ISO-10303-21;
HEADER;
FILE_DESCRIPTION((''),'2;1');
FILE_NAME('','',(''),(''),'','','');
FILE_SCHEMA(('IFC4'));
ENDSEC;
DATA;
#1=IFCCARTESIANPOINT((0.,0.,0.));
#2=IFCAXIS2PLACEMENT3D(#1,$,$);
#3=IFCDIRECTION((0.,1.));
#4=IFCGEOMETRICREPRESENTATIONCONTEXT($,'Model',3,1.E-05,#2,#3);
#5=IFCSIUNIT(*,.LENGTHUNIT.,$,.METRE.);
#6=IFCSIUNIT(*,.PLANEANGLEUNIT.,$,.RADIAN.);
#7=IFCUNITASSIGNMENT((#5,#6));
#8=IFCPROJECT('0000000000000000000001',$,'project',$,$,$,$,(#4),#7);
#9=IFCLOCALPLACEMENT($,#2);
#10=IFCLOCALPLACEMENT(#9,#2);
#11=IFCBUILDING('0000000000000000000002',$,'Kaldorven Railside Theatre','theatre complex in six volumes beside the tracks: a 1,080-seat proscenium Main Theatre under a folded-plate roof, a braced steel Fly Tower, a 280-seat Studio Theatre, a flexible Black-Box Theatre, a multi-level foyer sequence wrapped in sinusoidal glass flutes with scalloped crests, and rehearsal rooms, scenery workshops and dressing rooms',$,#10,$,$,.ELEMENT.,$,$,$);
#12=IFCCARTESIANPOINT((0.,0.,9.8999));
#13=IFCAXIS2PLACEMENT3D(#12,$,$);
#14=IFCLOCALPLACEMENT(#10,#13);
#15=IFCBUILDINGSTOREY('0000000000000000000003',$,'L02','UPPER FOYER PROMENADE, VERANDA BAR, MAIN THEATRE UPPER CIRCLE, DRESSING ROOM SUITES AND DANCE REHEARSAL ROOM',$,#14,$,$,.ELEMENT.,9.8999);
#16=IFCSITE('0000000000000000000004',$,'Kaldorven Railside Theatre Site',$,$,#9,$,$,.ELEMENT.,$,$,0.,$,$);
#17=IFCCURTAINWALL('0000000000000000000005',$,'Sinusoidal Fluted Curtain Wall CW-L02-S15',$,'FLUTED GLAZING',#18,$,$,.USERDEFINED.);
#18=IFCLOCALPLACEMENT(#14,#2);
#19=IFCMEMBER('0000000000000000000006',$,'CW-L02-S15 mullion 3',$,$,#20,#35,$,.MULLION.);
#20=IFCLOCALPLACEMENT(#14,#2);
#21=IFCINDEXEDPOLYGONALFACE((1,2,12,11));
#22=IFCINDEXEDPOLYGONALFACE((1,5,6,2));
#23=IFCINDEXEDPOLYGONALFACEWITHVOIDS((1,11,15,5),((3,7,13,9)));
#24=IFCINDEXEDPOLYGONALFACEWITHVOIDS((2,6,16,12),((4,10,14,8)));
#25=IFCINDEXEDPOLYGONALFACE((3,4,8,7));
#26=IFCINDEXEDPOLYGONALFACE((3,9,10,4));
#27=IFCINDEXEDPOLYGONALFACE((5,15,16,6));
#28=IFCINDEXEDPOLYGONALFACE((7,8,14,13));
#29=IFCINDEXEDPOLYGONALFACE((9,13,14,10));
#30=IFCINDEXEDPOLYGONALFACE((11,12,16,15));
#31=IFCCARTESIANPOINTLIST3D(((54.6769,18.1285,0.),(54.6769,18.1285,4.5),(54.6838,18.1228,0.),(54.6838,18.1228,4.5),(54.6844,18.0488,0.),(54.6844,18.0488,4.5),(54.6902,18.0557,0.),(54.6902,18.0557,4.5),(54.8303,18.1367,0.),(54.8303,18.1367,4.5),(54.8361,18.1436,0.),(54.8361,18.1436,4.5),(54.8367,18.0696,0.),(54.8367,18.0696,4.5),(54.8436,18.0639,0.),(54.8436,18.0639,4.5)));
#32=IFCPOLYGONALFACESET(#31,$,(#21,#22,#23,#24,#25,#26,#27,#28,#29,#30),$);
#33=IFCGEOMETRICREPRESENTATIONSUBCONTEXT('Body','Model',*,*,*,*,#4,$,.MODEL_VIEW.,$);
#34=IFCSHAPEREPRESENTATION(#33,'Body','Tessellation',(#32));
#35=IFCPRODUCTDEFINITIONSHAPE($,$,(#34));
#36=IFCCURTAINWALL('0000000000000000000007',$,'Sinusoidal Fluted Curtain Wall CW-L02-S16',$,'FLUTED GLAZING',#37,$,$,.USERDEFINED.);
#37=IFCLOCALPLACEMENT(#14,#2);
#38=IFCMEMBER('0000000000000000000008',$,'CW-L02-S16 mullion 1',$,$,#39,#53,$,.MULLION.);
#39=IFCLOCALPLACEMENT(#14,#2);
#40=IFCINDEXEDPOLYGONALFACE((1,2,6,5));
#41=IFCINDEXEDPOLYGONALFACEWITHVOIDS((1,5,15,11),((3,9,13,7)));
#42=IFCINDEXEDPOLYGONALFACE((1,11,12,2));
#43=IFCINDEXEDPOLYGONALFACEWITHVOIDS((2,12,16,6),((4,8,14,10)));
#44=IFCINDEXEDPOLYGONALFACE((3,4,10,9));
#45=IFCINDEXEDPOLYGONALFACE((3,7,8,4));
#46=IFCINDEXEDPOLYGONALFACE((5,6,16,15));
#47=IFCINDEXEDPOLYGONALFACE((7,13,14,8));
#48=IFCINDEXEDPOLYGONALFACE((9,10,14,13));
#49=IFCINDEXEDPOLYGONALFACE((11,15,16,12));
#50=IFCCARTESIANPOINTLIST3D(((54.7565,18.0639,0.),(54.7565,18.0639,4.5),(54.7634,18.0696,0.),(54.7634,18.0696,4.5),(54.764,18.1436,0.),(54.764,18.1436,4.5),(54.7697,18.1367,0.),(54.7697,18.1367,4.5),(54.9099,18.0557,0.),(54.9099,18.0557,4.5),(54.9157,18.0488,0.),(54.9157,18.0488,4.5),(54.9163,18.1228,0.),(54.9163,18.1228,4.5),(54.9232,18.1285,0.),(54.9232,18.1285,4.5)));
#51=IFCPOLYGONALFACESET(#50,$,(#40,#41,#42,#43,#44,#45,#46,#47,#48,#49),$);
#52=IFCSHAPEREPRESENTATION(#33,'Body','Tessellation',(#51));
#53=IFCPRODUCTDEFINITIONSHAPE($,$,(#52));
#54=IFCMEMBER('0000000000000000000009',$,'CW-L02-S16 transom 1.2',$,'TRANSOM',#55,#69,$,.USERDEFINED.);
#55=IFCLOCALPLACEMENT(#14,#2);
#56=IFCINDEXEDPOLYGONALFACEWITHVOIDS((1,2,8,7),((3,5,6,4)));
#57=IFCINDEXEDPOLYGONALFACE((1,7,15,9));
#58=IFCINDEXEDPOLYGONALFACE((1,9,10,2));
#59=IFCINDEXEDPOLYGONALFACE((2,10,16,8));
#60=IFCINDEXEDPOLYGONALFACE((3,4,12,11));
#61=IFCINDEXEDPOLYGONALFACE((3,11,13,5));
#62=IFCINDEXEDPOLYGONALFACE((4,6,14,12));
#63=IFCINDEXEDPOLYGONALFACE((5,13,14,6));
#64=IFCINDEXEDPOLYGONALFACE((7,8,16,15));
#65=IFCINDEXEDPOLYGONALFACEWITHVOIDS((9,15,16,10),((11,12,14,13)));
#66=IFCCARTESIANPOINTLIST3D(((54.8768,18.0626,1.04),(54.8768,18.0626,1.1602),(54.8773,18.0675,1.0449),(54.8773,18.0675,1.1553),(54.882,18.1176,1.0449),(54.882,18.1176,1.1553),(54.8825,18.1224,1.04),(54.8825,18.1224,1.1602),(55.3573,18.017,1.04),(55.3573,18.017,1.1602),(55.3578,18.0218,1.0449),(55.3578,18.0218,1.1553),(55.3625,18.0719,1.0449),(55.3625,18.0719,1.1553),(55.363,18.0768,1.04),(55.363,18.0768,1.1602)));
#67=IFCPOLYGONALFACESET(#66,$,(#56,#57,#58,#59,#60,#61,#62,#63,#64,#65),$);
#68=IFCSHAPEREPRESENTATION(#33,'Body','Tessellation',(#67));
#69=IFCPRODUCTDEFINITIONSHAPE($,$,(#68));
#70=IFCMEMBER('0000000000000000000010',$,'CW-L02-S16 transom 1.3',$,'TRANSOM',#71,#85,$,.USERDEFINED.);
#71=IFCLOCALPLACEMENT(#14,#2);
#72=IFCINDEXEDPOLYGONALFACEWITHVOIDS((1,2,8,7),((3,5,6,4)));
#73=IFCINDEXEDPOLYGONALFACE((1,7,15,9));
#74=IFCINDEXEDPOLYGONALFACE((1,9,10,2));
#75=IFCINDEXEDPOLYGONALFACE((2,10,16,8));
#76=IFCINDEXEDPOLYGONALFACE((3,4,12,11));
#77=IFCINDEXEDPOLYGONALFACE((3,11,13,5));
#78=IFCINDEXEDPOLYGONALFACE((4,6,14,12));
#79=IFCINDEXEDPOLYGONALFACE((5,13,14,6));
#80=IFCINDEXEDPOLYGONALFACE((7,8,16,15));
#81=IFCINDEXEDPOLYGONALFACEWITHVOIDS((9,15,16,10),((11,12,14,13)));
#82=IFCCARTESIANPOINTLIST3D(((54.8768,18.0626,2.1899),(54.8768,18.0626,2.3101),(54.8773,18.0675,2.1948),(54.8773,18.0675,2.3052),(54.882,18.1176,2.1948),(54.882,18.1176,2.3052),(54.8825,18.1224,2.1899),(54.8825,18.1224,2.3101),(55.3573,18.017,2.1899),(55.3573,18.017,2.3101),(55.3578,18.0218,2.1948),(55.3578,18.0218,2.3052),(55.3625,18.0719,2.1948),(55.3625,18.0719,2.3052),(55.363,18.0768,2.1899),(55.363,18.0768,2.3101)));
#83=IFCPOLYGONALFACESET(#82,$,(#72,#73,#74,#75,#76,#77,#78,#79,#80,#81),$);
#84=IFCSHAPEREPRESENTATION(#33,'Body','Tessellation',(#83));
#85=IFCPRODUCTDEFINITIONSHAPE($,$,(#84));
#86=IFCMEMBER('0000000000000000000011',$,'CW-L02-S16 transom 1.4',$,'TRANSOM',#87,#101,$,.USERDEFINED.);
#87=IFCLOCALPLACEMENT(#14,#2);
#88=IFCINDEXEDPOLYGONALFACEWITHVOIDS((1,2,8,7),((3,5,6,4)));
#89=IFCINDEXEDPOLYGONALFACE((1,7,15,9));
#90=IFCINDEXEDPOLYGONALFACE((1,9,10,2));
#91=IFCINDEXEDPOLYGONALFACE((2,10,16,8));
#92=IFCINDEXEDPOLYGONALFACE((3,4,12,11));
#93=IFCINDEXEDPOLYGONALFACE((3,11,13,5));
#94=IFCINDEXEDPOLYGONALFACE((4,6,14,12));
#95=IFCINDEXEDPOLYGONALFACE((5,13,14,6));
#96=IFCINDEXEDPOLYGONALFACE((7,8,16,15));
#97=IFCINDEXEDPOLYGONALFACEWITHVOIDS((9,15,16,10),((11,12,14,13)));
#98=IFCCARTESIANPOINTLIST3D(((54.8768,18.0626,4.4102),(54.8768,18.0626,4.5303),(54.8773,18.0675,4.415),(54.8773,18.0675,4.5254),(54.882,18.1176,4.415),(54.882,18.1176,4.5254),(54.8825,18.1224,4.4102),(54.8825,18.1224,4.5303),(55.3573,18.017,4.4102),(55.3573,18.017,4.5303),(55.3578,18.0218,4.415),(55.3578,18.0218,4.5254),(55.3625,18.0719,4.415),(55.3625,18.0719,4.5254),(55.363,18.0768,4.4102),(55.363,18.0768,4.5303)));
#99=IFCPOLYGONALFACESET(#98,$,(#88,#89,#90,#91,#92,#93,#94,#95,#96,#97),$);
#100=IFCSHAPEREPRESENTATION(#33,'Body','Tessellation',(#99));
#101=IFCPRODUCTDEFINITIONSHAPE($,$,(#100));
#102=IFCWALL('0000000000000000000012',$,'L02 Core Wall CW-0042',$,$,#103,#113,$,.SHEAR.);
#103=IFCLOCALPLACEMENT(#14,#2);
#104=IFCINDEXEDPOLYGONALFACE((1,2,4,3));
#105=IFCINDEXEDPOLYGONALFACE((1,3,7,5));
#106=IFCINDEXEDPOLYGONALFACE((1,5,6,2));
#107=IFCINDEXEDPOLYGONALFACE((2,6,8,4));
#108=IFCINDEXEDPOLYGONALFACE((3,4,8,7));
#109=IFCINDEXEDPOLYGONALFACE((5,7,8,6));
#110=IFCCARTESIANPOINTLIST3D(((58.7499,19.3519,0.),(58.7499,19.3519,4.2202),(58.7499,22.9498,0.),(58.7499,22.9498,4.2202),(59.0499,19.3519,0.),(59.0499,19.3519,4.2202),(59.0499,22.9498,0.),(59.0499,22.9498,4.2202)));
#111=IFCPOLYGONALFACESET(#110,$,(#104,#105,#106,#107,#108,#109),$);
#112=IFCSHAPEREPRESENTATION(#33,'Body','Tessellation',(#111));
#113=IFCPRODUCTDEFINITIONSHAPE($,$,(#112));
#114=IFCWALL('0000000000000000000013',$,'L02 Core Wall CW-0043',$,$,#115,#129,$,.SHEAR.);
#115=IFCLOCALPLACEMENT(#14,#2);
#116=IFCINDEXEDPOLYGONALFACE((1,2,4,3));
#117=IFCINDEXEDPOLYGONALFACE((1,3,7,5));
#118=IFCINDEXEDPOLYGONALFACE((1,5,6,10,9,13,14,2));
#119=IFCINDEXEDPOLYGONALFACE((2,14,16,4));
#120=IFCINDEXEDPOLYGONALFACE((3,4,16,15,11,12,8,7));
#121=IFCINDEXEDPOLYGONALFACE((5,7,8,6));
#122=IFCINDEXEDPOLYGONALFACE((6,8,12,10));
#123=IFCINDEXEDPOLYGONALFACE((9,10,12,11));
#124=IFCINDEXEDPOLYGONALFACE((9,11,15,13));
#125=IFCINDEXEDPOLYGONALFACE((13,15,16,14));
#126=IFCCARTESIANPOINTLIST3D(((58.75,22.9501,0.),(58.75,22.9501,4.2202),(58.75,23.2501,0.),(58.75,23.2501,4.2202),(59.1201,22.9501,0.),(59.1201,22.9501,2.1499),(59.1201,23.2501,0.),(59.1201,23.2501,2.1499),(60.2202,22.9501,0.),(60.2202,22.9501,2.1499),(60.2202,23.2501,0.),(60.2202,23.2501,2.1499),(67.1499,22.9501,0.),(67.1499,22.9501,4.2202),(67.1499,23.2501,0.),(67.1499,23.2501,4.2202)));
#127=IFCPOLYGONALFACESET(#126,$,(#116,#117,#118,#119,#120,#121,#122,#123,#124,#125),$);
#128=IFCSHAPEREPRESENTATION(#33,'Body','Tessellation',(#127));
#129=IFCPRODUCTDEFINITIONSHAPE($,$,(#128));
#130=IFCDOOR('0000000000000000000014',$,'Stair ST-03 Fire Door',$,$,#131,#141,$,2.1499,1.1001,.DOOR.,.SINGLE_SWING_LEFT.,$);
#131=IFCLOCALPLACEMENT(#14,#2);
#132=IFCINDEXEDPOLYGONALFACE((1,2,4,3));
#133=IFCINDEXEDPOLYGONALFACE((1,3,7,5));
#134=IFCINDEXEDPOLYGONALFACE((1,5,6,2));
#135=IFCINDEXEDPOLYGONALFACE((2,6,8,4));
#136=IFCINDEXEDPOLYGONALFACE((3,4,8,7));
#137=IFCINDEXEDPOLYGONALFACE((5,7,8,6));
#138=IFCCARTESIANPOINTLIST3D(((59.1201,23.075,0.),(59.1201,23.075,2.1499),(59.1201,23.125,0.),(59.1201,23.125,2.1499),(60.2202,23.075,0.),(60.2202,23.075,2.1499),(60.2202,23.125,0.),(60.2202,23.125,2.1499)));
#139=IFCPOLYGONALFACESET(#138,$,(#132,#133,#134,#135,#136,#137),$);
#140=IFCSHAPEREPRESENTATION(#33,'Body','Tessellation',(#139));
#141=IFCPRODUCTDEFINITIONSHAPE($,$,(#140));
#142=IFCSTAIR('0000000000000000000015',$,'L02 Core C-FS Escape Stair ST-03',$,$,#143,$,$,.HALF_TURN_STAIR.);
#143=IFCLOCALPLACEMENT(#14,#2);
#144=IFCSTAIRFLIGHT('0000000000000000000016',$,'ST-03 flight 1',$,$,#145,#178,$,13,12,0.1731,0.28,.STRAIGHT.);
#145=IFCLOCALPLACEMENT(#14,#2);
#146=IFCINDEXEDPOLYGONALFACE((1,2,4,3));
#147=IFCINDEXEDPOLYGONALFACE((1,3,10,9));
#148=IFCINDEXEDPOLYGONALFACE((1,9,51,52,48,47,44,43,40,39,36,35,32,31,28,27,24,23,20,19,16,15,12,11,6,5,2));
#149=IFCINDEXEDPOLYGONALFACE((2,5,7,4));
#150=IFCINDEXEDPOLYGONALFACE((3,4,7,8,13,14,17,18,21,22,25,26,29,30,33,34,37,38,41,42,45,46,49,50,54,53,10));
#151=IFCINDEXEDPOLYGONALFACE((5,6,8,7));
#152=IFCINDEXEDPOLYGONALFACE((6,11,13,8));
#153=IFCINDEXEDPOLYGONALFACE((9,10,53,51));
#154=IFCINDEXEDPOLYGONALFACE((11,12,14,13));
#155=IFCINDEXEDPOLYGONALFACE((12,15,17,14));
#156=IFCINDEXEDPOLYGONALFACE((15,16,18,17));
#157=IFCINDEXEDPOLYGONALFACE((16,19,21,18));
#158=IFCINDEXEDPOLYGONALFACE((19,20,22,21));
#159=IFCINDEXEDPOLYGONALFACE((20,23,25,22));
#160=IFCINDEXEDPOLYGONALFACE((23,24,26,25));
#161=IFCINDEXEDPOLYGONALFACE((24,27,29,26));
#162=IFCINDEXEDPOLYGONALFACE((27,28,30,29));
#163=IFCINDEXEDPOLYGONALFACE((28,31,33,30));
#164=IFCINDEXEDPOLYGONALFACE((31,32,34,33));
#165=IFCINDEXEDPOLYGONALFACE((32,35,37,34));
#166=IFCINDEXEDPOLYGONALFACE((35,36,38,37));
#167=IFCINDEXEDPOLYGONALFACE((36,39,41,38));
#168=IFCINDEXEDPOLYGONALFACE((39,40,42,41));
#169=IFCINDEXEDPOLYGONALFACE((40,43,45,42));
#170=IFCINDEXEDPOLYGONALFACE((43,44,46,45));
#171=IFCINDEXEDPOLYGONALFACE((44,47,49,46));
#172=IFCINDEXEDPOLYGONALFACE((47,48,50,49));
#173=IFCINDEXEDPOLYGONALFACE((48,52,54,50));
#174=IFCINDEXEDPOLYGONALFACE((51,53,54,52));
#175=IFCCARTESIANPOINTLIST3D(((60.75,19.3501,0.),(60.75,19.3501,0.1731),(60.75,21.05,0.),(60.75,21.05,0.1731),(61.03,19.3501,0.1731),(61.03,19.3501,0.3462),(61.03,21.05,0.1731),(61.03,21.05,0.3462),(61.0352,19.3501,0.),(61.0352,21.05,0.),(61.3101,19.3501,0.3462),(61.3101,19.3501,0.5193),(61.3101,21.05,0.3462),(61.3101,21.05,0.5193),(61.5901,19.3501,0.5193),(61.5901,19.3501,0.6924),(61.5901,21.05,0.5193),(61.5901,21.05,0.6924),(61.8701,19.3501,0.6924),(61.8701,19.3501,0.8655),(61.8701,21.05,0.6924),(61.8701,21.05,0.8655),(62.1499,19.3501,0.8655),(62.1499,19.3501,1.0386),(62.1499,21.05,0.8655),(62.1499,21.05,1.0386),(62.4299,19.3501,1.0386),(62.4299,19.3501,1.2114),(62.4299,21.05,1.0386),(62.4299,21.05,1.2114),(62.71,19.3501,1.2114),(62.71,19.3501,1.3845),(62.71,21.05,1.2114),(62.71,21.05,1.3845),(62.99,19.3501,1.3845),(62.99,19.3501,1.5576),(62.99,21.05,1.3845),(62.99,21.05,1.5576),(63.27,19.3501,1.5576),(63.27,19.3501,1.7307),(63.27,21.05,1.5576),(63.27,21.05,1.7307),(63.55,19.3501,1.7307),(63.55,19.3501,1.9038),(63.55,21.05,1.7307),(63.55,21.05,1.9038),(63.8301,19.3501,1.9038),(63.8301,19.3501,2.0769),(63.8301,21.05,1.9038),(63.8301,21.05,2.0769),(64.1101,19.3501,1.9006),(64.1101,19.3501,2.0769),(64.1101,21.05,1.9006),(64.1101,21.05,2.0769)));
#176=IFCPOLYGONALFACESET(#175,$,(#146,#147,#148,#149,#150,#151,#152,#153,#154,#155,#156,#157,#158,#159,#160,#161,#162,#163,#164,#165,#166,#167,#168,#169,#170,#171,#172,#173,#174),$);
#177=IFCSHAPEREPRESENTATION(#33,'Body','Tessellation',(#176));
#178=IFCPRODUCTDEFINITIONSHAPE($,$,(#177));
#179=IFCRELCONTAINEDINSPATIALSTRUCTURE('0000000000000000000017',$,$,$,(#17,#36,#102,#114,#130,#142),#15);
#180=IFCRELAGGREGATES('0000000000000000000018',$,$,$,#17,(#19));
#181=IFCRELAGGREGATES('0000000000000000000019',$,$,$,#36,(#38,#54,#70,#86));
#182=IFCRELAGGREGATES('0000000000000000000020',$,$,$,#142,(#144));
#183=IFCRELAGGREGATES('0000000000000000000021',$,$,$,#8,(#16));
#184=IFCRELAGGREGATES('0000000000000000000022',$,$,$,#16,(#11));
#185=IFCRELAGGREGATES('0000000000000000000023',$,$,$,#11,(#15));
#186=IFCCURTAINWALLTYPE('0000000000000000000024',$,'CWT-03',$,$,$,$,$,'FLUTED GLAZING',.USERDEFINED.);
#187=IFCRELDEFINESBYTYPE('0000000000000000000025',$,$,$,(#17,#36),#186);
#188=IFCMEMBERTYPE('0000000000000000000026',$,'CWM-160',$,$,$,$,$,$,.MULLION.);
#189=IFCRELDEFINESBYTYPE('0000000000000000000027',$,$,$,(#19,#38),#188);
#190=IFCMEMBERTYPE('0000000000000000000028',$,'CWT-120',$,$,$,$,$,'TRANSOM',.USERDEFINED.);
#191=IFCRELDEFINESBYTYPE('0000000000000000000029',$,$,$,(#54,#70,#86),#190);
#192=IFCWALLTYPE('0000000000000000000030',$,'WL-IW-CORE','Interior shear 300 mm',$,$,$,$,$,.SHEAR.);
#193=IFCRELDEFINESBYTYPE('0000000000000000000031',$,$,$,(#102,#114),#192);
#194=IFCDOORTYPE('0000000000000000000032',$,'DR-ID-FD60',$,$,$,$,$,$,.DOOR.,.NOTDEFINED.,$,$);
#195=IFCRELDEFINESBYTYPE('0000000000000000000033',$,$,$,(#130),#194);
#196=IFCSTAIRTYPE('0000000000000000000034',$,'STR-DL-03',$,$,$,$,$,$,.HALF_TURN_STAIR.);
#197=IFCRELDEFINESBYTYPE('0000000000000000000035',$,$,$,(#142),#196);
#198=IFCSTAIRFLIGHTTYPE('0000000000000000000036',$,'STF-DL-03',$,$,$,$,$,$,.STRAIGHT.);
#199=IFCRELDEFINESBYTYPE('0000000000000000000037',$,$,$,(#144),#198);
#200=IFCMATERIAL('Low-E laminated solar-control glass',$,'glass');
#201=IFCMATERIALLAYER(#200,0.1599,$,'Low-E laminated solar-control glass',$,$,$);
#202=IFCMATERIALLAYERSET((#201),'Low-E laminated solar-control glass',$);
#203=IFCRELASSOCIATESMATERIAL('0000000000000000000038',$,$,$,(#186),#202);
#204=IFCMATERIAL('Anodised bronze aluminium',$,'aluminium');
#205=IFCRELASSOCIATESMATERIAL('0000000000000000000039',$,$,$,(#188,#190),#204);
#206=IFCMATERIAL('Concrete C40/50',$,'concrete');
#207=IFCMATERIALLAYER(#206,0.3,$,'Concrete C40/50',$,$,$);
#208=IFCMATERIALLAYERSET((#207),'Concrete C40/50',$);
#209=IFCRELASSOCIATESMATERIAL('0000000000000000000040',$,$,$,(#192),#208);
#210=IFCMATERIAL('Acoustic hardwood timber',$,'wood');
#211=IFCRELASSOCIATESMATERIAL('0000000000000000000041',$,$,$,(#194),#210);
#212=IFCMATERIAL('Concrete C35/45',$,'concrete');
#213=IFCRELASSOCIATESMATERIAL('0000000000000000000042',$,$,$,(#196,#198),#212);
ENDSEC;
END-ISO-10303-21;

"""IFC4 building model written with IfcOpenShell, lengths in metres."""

from ifc_helpers import new_model, si_unit, direction, frame, frame_2d, origin, origin_2d, place, context, subcontext, project, spatial, polyline, rectangle, hollow_rectangle, outline, extrude, material, layer, layer_set, material_profile, profile_set, type_object, element, fill, aggregate, save


model = new_model("IFC4")

# Units and contexts
model_context = context("Model", 3, precision=1e-05, world=origin(), true_north=direction((0.0, 1.0)))
body_context = subcontext(model_context, "Body", "Model", "MODEL_VIEW")
ifc_project = project(units=[si_unit("LENGTHUNIT", "METRE"), si_unit("PLANEANGLEUNIT", "RADIAN")], contexts=[model_context])

# Site, building, storey
site_placement = place(None, origin())
site = spatial("IfcSite", under=ifc_project, at=site_placement, Name="Kaldorven Railside Theatre Site", CompositionType="ELEMENT", RefElevation=0.0)
building_placement = place(site_placement, origin())
building = spatial("IfcBuilding", under=site, at=building_placement, Name="Kaldorven Railside Theatre", Description="theatre complex in six volumes beside the tracks: a 1,080-seat proscenium Main Theatre under a folded-plate roof, a braced steel Fly Tower, a 280-seat Studio Theatre, a flexible Black-Box Theatre, a multi-level foyer sequence wrapped in sinusoidal glass flutes with scalloped crests, and rehearsal rooms, scenery workshops and dressing rooms", CompositionType="ELEMENT")
storey_placement = place(building_placement, frame((0.0, 0.0, 9.8999)))
storey = spatial("IfcBuildingStorey", under=building, at=storey_placement, Name="L02", Description="UPPER FOYER PROMENADE, VERANDA BAR, MAIN THEATRE UPPER CIRCLE, DRESSING ROOM SUITES AND DANCE REHEARSAL ROOM", CompositionType="ELEMENT", Elevation=9.8999)

# Shared definitions
ifc_material_1 = material(Name="Concrete C40/50", Category="concrete")

# Curtain wall, member
ifc_material_2 = material(Name="Low-E laminated solar-control glass", Category="glass")
ifc_layer_1 = layer(ifc_material_2, 0.1599, Name="Low-E laminated solar-control glass")
ifc_layer_set_1 = layer_set([ifc_layer_1], Name="Low-E laminated solar-control glass")
curtain_wall_type = type_object("IfcCurtainWallType", Name="CWT-03", ElementType="FLUTED GLAZING", PredefinedType="USERDEFINED", material=ifc_layer_set_1)
curtain_wall_1_placement = place(storey_placement, origin())
curtain_wall_1 = element("IfcCurtainWall", 1, at=curtain_wall_1_placement, inside=storey, type_object=curtain_wall_type, Name="Sinusoidal Fluted Curtain Wall CW-L02-S15", ObjectType="FLUTED GLAZING", PredefinedType="USERDEFINED")
ifc_material_3 = material(Name="Anodised bronze aluminium", Category="aluminium")
ifc_material_profile_1 = material_profile(ifc_material_3, hollow_rectangle(XDim=0.0801, YDim=0.1599, WallThickness=0.0063, at=origin_2d()), Name="RHS 160x80x6.3")
ifc_profile_set_1 = profile_set([ifc_material_profile_1], Name="Anodised bronze aluminium")
member_type_1 = type_object("IfcMemberType", Name="CWM-160", PredefinedType="MULLION", material=ifc_profile_set_1)
member_1_placement = place(storey_placement, frame((54.7603, 18.0962, 0.0), z_axis=(0.0, 0.0, 1.0), x_axis=(-0.094492, 0.995526, 0.0)))
member_1 = element("IfcMember", 2, at=member_1_placement, type_object=member_type_1, Name="CW-L02-S15 mullion 3", PredefinedType="MULLION", context=body_context, shape_type="SweptSolid", body=[
    extrude(hollow_rectangle(XDim=0.0801, YDim=0.1599, WallThickness=0.0063, at=origin_2d()), origin(), (0.0, 0.0, 1.0), 4.5),
])
aggregate(curtain_wall_1, [member_1])

# Curtain wall, members
curtain_wall_2_placement = place(storey_placement, origin())
curtain_wall_2 = element("IfcCurtainWall", 3, at=curtain_wall_2_placement, inside=storey, type_object=curtain_wall_type, Name="Sinusoidal Fluted Curtain Wall CW-L02-S16", ObjectType="FLUTED GLAZING", PredefinedType="USERDEFINED")
member_2_placement = place(storey_placement, frame((54.8398, 18.0962, 0.0), z_axis=(0.0, 0.0, 1.0), x_axis=(0.094492, 0.995526, 0.0)))
member_2 = element("IfcMember", 4, at=member_2_placement, type_object=member_type_1, Name="CW-L02-S16 mullion 1", PredefinedType="MULLION", context=body_context, shape_type="SweptSolid", body=[
    extrude(hollow_rectangle(XDim=0.0801, YDim=0.1599, WallThickness=0.0063, at=origin_2d()), origin(), (0.0, 0.0, 1.0), 4.5),
])
ifc_material_profile_2 = material_profile(ifc_material_3, hollow_rectangle(XDim=0.0601, YDim=0.1201, WallThickness=0.0049, at=origin_2d()), Name="RHS 120x60x5")
ifc_profile_set_2 = profile_set([ifc_material_profile_2], Name="Anodised bronze aluminium")
member_type_2 = type_object("IfcMemberType", Name="CWT-120", ElementType="TRANSOM", PredefinedType="USERDEFINED", material=ifc_profile_set_2)
member_3_placement = place(storey_placement, frame((54.8796, 18.0925, 1.1001), z_axis=(0.995516, -0.094594, 0.0), x_axis=(0.094594, 0.995516, 0.0)))
member_3 = element("IfcMember", 5, at=member_3_placement, type_object=member_type_2, Name="CW-L02-S16 transom 1.2", ObjectType="TRANSOM", PredefinedType="USERDEFINED", context=body_context, shape_type="SweptSolid", body=[
    extrude(hollow_rectangle(XDim=0.0601, YDim=0.1201, WallThickness=0.0049, at=origin_2d()), origin(), (0.0, 0.0, 1.0), 0.4827),
])
member_4_placement = place(storey_placement, frame((54.8796, 18.0925, 2.25), z_axis=(0.995516, -0.094594, 0.0), x_axis=(0.094594, 0.995516, 0.0)))
member_4 = element("IfcMember", 6, at=member_4_placement, type_object=member_type_2, Name="CW-L02-S16 transom 1.3", ObjectType="TRANSOM", PredefinedType="USERDEFINED", context=body_context, shape_type="SweptSolid", body=[
    extrude(hollow_rectangle(XDim=0.0601, YDim=0.1201, WallThickness=0.0049, at=origin_2d()), origin(), (0.0, 0.0, 1.0), 0.4827),
])
member_5_placement = place(storey_placement, frame((54.8796, 18.0925, 4.4702), z_axis=(0.995516, -0.094594, 0.0), x_axis=(0.094594, 0.995516, 0.0)))
member_5 = element("IfcMember", 7, at=member_5_placement, type_object=member_type_2, Name="CW-L02-S16 transom 1.4", ObjectType="TRANSOM", PredefinedType="USERDEFINED", context=body_context, shape_type="SweptSolid", body=[
    extrude(hollow_rectangle(XDim=0.0601, YDim=0.1201, WallThickness=0.0049, at=origin_2d()), origin(), (0.0, 0.0, 1.0), 0.4827),
])
aggregate(curtain_wall_2, [member_2, member_3, member_4, member_5])

# Wall
ifc_layer_2 = layer(ifc_material_1, 0.3, Name="Concrete C40/50")
ifc_layer_set_2 = layer_set([ifc_layer_2], Name="Concrete C40/50")
wall_type = type_object("IfcWallType", Name="WL-IW-CORE", Description="Interior shear 300 mm", PredefinedType="SHEAR", material=ifc_layer_set_2)
wall_1_placement = place(storey_placement, frame((58.8999, 19.3521, 0.0), z_axis=(0.0, 0.0, 1.0), x_axis=(0.0, 1.0, 0.0)))
element("IfcWall", 8, at=wall_1_placement, inside=storey, type_object=wall_type, Name="L02 Core Wall CW-0042", PredefinedType="SHEAR", context=body_context, shape_type="SweptSolid", body=[
    extrude(rectangle(XDim=3.5979, YDim=0.3, at=frame_2d((1.7988, 0.0))), origin(), (0.0, 0.0, 1.0), 4.2202),
])

# Wall, opening, door
wall_2_placement = place(storey_placement, frame((58.75, 23.1001, 0.0), z_axis=(0.0, 0.0, 1.0), x_axis=(1.0, 0.0, 0.0)))
wall_2 = element("IfcWall", 9, at=wall_2_placement, inside=storey, type_object=wall_type, Name="L02 Core Wall CW-0043", PredefinedType="SHEAR", context=body_context, shape_type="SweptSolid", body=[
    extrude(rectangle(XDim=8.3999, YDim=0.3, at=frame_2d((4.2, 0.0))), origin(), (0.0, 0.0, 1.0), 4.2202),
])
opening_placement = place(wall_2_placement, frame((0.3701, 0.0, 0.0)))
opening = element("IfcOpeningElement", 10, at=opening_placement, cuts=wall_2, PredefinedType="OPENING", context=body_context, shape_type="SweptSolid", body=[
    extrude(rectangle(XDim=1.1001, YDim=2.1499, at=frame_2d((0.55, 1.075))), frame((0.0, 0.1602, 0.0), z_axis=(0.0, -1.0, 0.0), x_axis=(1.0, 0.0, 0.0)), (0.0, 0.0, 1.0), 0.3201),
])
ifc_material_4 = material(Name="Acoustic hardwood timber", Category="wood")
door_type = type_object("IfcDoorType", Name="DR-ID-FD60", OperationType="NOTDEFINED", PredefinedType="DOOR", material=ifc_material_4)
door_placement = place(opening_placement, origin())
door = element("IfcDoor", 11, at=door_placement, inside=storey, type_object=door_type, Name="Stair ST-03 Fire Door", OperationType="SINGLE_SWING_LEFT", OverallHeight=2.1499, OverallWidth=1.1001, PredefinedType="DOOR", context=body_context, shape_type="SweptSolid", body=[
    extrude(rectangle(XDim=1.1001, YDim=2.1499, at=frame_2d((0.55, 1.075))), frame((0.0, 0.0249, 0.0), z_axis=(0.0, -1.0, 0.0), x_axis=(1.0, 0.0, 0.0)), (0.0, 0.0, 1.0), 0.05),
])
fill(opening, door)

# Stair, stair flight
ifc_material_5 = material(Name="Concrete C35/45", Category="concrete")
stair_type = type_object("IfcStairType", Name="STR-DL-03", PredefinedType="HALF_TURN_STAIR", material=ifc_material_5)
stair_placement = place(storey_placement, origin())
stair = element("IfcStair", 12, at=stair_placement, inside=storey, type_object=stair_type, Name="L02 Core C-FS Escape Stair ST-03", PredefinedType="HALF_TURN_STAIR")
stair_flight_type = type_object("IfcStairFlightType", Name="STF-DL-03", PredefinedType="STRAIGHT", material=ifc_material_5)
stair_flight_placement = place(storey_placement, frame((60.75, 20.2, 0.0), z_axis=(0.0, 0.0, 1.0), x_axis=(1.0, 0.0, 0.0)))
stair_flight = element("IfcStairFlight", 13, at=stair_flight_placement, type_object=stair_flight_type, Name="ST-03 flight 1", NumberOfRisers=13, NumberOfTreads=12, PredefinedType="STRAIGHT", RiserHeight=0.1731, TreadLength=0.28, context=body_context, shape_type="SweptSolid", body=[
    extrude(outline(polyline([(0.0, 0.0), (0.0, 0.1731), (0.28, 0.1731), (0.28, 0.3462), (0.5601, 0.3462), (0.5601, 0.5193), (0.8401, 0.5193), (0.8401, 0.6924), (1.1201, 0.6924), (1.1201, 0.8655), (1.3999, 0.8655), (1.3999, 1.0386), (1.6799, 1.0386), (1.6799, 1.2114), (1.96, 1.2114), (1.96, 1.3845), (2.24, 1.3845), (2.24, 1.5576), (2.52, 1.5576), (2.52, 1.7307), (2.8, 1.7307), (2.8, 1.9038), (3.0801, 1.9038), (3.0801, 2.0769), (3.3601, 2.0769), (3.3601, 2.25), (3.3601, 1.9006), (0.2852, 0.0), (0.0, 0.0)])), frame((0.0, 0.8501, 0.0), z_axis=(0.0, -1.0, 0.0), x_axis=(1.0, 0.0, 0.0)), (0.0, 0.0, 1.0), 1.7),
])
aggregate(stair, [stair_flight])

save(model, "model.ifc")
